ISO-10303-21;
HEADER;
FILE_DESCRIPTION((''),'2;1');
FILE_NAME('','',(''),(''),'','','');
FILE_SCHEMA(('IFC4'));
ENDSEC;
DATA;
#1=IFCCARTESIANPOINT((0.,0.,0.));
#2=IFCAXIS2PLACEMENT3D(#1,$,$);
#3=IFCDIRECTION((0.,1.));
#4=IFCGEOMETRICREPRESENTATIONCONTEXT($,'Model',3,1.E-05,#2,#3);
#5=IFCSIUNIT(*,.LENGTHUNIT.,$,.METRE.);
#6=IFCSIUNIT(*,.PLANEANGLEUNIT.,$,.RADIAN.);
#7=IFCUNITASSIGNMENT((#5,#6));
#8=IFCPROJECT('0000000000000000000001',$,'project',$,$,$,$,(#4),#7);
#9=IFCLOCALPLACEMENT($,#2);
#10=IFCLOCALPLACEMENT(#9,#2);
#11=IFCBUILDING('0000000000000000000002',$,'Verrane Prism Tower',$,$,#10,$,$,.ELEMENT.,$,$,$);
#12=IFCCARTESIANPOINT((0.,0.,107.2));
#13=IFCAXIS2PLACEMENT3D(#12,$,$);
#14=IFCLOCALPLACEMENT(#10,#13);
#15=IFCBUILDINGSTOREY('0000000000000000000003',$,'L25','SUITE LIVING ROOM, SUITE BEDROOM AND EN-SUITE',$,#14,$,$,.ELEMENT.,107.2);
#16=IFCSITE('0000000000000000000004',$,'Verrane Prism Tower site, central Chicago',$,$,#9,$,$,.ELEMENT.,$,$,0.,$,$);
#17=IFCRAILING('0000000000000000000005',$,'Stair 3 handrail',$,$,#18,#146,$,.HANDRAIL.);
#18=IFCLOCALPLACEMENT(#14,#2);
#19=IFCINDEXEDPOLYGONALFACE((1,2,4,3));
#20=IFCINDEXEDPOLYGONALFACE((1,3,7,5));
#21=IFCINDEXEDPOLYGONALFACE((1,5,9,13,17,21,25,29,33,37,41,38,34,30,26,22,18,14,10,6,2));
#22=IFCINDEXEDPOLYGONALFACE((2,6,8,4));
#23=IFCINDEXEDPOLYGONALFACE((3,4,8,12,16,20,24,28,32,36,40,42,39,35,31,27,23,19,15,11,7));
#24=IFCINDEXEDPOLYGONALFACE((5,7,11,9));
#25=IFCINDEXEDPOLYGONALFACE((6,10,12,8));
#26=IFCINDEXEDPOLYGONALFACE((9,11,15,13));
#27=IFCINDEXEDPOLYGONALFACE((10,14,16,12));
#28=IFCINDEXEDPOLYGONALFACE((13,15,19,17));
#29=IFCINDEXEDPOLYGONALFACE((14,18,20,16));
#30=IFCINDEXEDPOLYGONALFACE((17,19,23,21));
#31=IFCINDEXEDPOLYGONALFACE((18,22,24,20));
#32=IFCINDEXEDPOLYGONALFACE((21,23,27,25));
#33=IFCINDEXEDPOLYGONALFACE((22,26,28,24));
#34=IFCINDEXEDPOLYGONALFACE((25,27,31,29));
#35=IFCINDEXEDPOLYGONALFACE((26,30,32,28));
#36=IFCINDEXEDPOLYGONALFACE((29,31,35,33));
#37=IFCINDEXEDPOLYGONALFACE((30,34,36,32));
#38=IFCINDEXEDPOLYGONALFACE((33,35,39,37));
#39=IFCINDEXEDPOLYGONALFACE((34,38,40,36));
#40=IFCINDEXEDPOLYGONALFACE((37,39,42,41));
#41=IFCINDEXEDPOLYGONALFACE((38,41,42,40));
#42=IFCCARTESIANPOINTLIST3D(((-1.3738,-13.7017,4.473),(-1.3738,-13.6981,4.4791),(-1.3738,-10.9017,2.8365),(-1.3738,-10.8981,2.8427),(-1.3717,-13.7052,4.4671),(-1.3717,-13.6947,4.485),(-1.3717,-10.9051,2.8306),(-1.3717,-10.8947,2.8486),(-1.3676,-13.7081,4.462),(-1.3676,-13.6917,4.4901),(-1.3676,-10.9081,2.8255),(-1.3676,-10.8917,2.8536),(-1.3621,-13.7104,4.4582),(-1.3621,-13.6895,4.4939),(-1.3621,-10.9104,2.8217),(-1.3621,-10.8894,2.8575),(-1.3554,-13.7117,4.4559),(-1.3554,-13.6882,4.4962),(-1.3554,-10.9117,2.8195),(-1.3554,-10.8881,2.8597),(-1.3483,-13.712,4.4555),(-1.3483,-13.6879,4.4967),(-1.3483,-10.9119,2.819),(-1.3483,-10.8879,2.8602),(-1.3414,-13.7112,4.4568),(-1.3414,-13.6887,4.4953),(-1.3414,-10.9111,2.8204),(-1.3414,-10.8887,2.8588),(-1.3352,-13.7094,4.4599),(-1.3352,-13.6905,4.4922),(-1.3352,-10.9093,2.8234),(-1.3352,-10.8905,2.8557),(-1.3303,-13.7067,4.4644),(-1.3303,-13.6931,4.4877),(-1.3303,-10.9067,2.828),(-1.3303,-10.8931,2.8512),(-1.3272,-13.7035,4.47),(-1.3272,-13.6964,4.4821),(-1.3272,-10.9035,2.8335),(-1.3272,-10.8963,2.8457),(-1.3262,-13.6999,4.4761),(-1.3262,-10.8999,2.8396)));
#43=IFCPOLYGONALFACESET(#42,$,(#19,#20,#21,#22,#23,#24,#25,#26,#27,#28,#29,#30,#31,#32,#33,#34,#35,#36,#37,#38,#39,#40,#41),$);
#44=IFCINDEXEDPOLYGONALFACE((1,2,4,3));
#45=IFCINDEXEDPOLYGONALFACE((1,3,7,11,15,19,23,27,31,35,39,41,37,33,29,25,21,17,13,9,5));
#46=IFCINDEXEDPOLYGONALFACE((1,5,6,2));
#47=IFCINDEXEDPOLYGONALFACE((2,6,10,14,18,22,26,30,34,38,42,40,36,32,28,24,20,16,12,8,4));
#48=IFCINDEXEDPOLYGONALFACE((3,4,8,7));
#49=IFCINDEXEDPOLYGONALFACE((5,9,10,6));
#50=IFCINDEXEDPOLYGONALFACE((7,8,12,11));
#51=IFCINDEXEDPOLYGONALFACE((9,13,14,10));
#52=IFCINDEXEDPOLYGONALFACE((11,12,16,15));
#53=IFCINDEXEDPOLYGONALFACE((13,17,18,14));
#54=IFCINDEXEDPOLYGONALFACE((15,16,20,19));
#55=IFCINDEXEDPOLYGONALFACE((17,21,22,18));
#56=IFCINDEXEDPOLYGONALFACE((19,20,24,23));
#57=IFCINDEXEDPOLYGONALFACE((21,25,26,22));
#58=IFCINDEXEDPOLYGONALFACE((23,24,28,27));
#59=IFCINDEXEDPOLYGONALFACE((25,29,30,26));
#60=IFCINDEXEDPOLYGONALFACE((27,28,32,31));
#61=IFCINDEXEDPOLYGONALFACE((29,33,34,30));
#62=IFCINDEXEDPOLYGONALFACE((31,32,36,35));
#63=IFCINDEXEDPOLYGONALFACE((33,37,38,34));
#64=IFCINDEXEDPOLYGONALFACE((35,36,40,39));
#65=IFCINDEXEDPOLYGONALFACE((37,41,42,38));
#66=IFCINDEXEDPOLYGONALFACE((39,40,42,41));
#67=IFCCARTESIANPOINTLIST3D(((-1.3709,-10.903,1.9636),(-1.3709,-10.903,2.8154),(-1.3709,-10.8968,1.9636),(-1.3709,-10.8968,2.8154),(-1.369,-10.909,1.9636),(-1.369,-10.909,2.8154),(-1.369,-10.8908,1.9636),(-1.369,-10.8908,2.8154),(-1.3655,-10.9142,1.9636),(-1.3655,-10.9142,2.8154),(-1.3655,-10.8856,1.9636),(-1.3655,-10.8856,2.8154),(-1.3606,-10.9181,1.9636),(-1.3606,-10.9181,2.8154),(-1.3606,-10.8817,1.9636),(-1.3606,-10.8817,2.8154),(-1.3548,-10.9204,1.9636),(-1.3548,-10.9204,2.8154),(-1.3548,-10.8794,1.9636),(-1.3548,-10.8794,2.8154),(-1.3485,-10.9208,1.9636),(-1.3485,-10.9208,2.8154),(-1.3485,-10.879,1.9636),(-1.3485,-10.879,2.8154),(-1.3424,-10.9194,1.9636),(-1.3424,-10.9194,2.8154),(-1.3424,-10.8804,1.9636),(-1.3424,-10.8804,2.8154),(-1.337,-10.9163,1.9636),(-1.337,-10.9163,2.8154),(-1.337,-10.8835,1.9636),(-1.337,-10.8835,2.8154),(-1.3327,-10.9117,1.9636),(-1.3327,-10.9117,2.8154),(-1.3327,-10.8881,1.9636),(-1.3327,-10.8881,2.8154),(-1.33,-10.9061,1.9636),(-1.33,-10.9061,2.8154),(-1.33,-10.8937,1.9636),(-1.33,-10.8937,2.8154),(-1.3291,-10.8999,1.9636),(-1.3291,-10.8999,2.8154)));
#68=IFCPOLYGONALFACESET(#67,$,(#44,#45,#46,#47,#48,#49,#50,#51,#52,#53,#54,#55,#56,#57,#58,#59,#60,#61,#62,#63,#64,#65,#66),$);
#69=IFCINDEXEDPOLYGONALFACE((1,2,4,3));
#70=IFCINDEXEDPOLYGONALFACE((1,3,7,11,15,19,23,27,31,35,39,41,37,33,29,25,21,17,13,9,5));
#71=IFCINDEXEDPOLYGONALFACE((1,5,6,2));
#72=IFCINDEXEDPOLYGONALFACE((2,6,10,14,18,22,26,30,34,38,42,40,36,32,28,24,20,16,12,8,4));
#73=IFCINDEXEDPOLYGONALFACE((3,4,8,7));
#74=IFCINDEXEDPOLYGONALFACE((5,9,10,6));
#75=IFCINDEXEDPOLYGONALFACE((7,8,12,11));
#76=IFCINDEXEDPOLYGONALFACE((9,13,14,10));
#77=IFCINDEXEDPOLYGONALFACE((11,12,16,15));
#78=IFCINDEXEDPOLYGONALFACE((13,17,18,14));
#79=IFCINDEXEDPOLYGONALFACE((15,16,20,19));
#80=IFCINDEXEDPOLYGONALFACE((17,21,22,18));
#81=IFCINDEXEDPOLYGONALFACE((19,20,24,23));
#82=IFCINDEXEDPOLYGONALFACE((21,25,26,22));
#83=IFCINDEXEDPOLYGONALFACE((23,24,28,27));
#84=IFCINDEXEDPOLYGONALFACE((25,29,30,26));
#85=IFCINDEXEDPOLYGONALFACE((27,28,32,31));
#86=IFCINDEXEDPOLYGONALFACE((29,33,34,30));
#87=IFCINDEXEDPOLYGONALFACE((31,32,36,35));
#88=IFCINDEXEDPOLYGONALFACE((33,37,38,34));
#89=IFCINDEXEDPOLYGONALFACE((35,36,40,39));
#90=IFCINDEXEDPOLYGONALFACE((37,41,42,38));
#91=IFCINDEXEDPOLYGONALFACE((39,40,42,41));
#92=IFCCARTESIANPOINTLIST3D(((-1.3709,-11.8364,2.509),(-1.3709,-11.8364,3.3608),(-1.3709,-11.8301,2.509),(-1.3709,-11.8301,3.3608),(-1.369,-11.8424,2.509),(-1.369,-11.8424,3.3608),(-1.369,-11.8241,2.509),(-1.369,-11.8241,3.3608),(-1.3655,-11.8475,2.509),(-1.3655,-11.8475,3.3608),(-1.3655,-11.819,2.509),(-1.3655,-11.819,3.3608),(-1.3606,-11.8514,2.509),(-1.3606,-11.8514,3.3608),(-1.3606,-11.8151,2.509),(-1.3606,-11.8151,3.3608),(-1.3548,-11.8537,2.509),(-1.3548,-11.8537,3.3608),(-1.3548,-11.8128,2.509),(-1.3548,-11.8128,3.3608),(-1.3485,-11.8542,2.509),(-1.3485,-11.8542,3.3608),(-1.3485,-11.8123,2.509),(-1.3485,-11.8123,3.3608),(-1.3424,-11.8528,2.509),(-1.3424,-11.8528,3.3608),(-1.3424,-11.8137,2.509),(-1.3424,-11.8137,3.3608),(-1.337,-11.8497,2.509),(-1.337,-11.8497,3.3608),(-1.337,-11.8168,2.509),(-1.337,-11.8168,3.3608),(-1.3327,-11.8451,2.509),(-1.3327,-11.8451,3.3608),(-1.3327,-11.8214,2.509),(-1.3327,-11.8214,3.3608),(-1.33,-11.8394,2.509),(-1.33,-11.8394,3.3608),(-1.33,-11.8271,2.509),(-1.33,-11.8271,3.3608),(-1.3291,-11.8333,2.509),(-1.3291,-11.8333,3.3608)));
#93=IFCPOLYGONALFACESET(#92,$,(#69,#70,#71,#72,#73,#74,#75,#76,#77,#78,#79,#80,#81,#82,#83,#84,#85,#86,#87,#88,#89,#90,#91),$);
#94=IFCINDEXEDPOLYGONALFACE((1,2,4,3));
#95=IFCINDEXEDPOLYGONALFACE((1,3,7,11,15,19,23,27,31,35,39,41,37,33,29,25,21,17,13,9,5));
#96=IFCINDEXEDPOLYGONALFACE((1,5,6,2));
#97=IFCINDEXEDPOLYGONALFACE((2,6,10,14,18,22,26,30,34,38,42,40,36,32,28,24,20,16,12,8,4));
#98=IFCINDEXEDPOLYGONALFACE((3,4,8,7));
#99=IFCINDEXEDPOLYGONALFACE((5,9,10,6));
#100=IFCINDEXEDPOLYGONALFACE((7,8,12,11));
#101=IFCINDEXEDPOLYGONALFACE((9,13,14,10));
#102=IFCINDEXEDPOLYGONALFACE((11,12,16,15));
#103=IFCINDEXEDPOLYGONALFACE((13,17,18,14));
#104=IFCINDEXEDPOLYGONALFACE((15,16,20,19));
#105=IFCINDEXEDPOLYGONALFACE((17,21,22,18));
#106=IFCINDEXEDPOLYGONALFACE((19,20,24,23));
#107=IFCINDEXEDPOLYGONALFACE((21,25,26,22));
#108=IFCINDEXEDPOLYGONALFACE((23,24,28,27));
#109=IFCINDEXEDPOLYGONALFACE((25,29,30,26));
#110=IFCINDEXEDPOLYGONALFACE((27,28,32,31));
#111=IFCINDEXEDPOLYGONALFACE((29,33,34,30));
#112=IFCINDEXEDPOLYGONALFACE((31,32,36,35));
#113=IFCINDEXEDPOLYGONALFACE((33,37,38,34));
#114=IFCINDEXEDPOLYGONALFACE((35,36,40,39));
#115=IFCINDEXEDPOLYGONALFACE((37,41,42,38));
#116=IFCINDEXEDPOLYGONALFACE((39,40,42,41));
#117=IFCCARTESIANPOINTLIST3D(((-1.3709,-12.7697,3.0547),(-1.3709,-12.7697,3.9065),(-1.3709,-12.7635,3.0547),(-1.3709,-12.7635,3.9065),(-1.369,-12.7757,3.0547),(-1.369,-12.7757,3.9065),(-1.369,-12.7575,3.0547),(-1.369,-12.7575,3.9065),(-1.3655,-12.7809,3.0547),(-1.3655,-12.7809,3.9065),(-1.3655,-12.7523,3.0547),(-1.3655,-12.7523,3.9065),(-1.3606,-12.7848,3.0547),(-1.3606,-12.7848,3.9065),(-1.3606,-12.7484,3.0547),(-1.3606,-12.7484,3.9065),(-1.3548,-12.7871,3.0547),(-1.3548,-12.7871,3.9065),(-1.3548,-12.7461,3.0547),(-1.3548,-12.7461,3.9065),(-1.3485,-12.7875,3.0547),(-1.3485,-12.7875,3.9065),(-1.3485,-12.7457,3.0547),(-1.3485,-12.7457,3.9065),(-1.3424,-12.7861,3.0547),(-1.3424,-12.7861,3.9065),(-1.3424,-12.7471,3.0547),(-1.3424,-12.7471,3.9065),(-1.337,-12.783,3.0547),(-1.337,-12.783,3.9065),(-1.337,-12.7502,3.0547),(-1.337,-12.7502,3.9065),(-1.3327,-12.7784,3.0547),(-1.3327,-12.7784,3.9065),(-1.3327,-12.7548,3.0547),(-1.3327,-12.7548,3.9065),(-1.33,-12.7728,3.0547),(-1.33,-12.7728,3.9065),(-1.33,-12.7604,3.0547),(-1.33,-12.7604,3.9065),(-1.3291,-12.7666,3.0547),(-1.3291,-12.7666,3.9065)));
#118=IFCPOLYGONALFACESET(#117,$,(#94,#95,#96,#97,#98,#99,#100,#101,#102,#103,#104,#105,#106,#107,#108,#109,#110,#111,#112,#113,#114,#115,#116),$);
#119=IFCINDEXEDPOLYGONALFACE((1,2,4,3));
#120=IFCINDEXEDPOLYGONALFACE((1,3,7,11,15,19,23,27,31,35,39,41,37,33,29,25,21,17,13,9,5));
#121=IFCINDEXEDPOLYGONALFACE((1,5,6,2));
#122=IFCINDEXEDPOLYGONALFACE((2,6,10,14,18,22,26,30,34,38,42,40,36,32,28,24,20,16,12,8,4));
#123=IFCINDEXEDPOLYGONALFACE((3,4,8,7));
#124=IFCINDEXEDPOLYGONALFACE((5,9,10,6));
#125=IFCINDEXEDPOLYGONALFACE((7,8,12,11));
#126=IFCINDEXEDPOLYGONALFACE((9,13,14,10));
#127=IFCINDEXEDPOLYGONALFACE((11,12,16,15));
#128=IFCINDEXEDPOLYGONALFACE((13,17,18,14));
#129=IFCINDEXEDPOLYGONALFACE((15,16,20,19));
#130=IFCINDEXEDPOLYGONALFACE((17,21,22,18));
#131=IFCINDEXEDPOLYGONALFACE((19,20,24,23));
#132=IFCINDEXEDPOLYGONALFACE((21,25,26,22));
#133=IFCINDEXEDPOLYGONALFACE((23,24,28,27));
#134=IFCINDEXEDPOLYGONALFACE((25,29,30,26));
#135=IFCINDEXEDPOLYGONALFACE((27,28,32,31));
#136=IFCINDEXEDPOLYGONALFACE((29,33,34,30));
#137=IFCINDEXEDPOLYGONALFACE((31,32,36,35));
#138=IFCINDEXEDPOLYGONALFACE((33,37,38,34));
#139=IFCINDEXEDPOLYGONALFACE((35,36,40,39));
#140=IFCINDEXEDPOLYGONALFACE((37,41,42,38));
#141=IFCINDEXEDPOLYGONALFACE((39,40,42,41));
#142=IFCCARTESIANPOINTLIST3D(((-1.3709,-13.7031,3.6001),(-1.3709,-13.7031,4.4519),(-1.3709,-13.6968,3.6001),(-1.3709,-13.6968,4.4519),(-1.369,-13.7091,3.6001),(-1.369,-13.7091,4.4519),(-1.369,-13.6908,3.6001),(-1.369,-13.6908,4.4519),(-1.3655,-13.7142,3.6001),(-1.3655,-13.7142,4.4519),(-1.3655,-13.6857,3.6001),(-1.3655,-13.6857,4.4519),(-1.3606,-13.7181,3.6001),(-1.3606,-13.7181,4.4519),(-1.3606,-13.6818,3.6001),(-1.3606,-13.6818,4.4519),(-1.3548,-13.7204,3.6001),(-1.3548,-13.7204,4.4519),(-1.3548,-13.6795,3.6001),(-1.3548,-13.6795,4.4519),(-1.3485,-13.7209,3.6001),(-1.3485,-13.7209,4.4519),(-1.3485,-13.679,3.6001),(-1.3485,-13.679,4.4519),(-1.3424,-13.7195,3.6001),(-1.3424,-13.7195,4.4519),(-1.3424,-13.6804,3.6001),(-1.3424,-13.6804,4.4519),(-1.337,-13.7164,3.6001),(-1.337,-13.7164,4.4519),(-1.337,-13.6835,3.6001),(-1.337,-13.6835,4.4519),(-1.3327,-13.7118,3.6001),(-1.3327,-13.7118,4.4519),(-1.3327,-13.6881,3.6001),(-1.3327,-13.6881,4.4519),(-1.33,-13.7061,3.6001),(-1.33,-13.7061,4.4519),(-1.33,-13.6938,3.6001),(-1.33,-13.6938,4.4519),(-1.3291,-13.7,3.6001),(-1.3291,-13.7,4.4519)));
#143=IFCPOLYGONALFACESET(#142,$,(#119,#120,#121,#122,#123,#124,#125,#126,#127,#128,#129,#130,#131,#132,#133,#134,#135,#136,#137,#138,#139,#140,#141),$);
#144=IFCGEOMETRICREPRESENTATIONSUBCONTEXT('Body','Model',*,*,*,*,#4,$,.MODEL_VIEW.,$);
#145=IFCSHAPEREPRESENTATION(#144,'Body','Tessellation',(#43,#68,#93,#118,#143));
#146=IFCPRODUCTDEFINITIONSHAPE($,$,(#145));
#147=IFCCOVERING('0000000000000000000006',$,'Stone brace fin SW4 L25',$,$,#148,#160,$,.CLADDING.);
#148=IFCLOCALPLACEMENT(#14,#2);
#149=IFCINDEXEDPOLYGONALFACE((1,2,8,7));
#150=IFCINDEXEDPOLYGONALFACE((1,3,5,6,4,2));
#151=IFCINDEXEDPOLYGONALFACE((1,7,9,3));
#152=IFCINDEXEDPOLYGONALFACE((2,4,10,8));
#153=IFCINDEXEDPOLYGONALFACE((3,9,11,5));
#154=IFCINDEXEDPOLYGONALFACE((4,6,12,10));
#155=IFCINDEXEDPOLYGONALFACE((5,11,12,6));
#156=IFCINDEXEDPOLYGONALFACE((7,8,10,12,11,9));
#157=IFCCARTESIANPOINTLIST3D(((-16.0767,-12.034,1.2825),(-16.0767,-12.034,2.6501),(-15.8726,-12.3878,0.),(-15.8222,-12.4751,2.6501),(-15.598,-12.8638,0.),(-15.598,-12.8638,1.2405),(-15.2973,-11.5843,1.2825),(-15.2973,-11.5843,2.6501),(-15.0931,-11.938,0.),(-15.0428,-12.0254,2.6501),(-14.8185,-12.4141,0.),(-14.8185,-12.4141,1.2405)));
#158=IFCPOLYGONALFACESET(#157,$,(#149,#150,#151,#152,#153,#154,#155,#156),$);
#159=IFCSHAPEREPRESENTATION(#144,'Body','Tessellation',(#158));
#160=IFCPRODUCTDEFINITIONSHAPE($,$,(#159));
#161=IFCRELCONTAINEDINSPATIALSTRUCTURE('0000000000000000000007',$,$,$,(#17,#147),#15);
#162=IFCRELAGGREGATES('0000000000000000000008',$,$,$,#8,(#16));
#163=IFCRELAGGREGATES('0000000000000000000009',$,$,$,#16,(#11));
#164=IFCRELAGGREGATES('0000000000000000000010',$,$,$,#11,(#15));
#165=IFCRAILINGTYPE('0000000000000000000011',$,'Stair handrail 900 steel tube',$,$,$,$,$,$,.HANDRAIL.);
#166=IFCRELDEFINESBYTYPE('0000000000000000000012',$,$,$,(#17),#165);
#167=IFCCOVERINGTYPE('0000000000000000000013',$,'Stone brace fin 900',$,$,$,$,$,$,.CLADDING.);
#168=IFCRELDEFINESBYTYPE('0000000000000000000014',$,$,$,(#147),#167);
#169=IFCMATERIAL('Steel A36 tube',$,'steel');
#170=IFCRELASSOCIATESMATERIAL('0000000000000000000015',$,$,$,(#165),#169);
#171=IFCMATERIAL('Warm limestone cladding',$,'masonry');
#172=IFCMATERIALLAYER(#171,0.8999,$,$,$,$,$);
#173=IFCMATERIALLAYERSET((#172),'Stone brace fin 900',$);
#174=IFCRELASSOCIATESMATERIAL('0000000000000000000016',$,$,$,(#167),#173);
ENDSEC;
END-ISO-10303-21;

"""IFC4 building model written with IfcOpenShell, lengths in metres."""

from ifc_helpers import new_model, si_unit, direction, frame, origin, origin_2d, place, context, subcontext, project, spatial, polyline, circle, outline, extrude, material, layer, layer_set, type_object, element, save


model = new_model("IFC4")

# Units and contexts
model_context = context("Model", 3, precision=1e-05, world=origin(), true_north=direction((0.0, 1.0)))
body_context = subcontext(model_context, "Body", "Model", "MODEL_VIEW")
ifc_project = project(units=[si_unit("LENGTHUNIT", "METRE"), si_unit("PLANEANGLEUNIT", "RADIAN")], contexts=[model_context])

# Site, building, storey
site_placement = place(None, origin())
site = spatial("IfcSite", under=ifc_project, at=site_placement, Name="Verrane Prism Tower site, central Chicago", CompositionType="ELEMENT", RefElevation=0.0)
building_placement = place(site_placement, origin())
building = spatial("IfcBuilding", under=site, at=building_placement, Name="Verrane Prism Tower", CompositionType="ELEMENT")
storey_placement = place(building_placement, frame((0.0, 0.0, 107.2)))
storey = spatial("IfcBuildingStorey", under=building, at=storey_placement, Name="L25", Description="SUITE LIVING ROOM, SUITE BEDROOM AND EN-SUITE", CompositionType="ELEMENT", Elevation=107.2)

# Railing
ifc_material_1 = material(Name="Steel A36 tube", Category="steel")
railing_type = type_object("IfcRailingType", Name="Stair handrail 900 steel tube", PredefinedType="HANDRAIL", material=ifc_material_1)
railing_placement = place(storey_placement, frame((-1.3501, -10.8999, 1.9636)))
element("IfcRailing", 1, at=railing_placement, inside=storey, type_object=railing_type, Name="Stair 3 handrail", PredefinedType="HANDRAIL", context=body_context, shape_type="SweptSolid", body=[
    extrude(circle(Radius=0.0239, at=origin_2d()), frame((0.0, 0.0, 0.876), z_axis=(0.0, -0.863361, 0.504587), x_axis=(1.0, 0.0, 0.0)), (0.0, 0.0, 1.0), 3.2432),
    extrude(circle(Radius=0.021, at=origin_2d()), origin(), (0.0, 0.0, 1.0), 0.8518),
    extrude(circle(Radius=0.021, at=origin_2d()), frame((0.0, -0.9333, 0.5454)), (0.0, 0.0, 1.0), 0.8518),
    extrude(circle(Radius=0.021, at=origin_2d()), frame((0.0, -1.8667, 1.0911)), (0.0, 0.0, 1.0), 0.8518),
    extrude(circle(Radius=0.021, at=origin_2d()), frame((0.0, -2.8, 1.6365)), (0.0, 0.0, 1.0), 0.8518),
])

# Covering
ifc_material_2 = material(Name="Warm limestone cladding", Category="masonry")
ifc_layer_1 = layer(ifc_material_2, 0.8999)
ifc_layer_set_1 = layer_set([ifc_layer_1], Name="Stone brace fin 900")
covering_type = type_object("IfcCoveringType", Name="Stone brace fin 900", PredefinedType="CLADDING", material=ifc_layer_set_1)
covering_placement = place(storey_placement, frame((-15.2083, -12.6389, 0.0), z_axis=(0.0, 0.0, 1.0), x_axis=(-0.49973, 0.866181, 0.0)))
element("IfcCovering", 2, at=covering_placement, inside=storey, type_object=covering_type, Name="Stone brace fin SW4 L25", PredefinedType="CLADDING", context=body_context, shape_type="SweptSolid", body=[
    extrude(outline(polyline([(0.958, 2.6501), (0.4487, 2.6501), (0.0, 1.2405), (0.0, 0.0), (0.5496, 0.0), (0.958, 1.2825), (0.958, 2.6501)])), frame((0.0, 0.45, 0.0), z_axis=(0.0, -1.0, 0.0), x_axis=(1.0, 0.0, 0.0)), (0.0, 0.0, 1.0), 0.8999),
])

save(model, "model.ifc")
